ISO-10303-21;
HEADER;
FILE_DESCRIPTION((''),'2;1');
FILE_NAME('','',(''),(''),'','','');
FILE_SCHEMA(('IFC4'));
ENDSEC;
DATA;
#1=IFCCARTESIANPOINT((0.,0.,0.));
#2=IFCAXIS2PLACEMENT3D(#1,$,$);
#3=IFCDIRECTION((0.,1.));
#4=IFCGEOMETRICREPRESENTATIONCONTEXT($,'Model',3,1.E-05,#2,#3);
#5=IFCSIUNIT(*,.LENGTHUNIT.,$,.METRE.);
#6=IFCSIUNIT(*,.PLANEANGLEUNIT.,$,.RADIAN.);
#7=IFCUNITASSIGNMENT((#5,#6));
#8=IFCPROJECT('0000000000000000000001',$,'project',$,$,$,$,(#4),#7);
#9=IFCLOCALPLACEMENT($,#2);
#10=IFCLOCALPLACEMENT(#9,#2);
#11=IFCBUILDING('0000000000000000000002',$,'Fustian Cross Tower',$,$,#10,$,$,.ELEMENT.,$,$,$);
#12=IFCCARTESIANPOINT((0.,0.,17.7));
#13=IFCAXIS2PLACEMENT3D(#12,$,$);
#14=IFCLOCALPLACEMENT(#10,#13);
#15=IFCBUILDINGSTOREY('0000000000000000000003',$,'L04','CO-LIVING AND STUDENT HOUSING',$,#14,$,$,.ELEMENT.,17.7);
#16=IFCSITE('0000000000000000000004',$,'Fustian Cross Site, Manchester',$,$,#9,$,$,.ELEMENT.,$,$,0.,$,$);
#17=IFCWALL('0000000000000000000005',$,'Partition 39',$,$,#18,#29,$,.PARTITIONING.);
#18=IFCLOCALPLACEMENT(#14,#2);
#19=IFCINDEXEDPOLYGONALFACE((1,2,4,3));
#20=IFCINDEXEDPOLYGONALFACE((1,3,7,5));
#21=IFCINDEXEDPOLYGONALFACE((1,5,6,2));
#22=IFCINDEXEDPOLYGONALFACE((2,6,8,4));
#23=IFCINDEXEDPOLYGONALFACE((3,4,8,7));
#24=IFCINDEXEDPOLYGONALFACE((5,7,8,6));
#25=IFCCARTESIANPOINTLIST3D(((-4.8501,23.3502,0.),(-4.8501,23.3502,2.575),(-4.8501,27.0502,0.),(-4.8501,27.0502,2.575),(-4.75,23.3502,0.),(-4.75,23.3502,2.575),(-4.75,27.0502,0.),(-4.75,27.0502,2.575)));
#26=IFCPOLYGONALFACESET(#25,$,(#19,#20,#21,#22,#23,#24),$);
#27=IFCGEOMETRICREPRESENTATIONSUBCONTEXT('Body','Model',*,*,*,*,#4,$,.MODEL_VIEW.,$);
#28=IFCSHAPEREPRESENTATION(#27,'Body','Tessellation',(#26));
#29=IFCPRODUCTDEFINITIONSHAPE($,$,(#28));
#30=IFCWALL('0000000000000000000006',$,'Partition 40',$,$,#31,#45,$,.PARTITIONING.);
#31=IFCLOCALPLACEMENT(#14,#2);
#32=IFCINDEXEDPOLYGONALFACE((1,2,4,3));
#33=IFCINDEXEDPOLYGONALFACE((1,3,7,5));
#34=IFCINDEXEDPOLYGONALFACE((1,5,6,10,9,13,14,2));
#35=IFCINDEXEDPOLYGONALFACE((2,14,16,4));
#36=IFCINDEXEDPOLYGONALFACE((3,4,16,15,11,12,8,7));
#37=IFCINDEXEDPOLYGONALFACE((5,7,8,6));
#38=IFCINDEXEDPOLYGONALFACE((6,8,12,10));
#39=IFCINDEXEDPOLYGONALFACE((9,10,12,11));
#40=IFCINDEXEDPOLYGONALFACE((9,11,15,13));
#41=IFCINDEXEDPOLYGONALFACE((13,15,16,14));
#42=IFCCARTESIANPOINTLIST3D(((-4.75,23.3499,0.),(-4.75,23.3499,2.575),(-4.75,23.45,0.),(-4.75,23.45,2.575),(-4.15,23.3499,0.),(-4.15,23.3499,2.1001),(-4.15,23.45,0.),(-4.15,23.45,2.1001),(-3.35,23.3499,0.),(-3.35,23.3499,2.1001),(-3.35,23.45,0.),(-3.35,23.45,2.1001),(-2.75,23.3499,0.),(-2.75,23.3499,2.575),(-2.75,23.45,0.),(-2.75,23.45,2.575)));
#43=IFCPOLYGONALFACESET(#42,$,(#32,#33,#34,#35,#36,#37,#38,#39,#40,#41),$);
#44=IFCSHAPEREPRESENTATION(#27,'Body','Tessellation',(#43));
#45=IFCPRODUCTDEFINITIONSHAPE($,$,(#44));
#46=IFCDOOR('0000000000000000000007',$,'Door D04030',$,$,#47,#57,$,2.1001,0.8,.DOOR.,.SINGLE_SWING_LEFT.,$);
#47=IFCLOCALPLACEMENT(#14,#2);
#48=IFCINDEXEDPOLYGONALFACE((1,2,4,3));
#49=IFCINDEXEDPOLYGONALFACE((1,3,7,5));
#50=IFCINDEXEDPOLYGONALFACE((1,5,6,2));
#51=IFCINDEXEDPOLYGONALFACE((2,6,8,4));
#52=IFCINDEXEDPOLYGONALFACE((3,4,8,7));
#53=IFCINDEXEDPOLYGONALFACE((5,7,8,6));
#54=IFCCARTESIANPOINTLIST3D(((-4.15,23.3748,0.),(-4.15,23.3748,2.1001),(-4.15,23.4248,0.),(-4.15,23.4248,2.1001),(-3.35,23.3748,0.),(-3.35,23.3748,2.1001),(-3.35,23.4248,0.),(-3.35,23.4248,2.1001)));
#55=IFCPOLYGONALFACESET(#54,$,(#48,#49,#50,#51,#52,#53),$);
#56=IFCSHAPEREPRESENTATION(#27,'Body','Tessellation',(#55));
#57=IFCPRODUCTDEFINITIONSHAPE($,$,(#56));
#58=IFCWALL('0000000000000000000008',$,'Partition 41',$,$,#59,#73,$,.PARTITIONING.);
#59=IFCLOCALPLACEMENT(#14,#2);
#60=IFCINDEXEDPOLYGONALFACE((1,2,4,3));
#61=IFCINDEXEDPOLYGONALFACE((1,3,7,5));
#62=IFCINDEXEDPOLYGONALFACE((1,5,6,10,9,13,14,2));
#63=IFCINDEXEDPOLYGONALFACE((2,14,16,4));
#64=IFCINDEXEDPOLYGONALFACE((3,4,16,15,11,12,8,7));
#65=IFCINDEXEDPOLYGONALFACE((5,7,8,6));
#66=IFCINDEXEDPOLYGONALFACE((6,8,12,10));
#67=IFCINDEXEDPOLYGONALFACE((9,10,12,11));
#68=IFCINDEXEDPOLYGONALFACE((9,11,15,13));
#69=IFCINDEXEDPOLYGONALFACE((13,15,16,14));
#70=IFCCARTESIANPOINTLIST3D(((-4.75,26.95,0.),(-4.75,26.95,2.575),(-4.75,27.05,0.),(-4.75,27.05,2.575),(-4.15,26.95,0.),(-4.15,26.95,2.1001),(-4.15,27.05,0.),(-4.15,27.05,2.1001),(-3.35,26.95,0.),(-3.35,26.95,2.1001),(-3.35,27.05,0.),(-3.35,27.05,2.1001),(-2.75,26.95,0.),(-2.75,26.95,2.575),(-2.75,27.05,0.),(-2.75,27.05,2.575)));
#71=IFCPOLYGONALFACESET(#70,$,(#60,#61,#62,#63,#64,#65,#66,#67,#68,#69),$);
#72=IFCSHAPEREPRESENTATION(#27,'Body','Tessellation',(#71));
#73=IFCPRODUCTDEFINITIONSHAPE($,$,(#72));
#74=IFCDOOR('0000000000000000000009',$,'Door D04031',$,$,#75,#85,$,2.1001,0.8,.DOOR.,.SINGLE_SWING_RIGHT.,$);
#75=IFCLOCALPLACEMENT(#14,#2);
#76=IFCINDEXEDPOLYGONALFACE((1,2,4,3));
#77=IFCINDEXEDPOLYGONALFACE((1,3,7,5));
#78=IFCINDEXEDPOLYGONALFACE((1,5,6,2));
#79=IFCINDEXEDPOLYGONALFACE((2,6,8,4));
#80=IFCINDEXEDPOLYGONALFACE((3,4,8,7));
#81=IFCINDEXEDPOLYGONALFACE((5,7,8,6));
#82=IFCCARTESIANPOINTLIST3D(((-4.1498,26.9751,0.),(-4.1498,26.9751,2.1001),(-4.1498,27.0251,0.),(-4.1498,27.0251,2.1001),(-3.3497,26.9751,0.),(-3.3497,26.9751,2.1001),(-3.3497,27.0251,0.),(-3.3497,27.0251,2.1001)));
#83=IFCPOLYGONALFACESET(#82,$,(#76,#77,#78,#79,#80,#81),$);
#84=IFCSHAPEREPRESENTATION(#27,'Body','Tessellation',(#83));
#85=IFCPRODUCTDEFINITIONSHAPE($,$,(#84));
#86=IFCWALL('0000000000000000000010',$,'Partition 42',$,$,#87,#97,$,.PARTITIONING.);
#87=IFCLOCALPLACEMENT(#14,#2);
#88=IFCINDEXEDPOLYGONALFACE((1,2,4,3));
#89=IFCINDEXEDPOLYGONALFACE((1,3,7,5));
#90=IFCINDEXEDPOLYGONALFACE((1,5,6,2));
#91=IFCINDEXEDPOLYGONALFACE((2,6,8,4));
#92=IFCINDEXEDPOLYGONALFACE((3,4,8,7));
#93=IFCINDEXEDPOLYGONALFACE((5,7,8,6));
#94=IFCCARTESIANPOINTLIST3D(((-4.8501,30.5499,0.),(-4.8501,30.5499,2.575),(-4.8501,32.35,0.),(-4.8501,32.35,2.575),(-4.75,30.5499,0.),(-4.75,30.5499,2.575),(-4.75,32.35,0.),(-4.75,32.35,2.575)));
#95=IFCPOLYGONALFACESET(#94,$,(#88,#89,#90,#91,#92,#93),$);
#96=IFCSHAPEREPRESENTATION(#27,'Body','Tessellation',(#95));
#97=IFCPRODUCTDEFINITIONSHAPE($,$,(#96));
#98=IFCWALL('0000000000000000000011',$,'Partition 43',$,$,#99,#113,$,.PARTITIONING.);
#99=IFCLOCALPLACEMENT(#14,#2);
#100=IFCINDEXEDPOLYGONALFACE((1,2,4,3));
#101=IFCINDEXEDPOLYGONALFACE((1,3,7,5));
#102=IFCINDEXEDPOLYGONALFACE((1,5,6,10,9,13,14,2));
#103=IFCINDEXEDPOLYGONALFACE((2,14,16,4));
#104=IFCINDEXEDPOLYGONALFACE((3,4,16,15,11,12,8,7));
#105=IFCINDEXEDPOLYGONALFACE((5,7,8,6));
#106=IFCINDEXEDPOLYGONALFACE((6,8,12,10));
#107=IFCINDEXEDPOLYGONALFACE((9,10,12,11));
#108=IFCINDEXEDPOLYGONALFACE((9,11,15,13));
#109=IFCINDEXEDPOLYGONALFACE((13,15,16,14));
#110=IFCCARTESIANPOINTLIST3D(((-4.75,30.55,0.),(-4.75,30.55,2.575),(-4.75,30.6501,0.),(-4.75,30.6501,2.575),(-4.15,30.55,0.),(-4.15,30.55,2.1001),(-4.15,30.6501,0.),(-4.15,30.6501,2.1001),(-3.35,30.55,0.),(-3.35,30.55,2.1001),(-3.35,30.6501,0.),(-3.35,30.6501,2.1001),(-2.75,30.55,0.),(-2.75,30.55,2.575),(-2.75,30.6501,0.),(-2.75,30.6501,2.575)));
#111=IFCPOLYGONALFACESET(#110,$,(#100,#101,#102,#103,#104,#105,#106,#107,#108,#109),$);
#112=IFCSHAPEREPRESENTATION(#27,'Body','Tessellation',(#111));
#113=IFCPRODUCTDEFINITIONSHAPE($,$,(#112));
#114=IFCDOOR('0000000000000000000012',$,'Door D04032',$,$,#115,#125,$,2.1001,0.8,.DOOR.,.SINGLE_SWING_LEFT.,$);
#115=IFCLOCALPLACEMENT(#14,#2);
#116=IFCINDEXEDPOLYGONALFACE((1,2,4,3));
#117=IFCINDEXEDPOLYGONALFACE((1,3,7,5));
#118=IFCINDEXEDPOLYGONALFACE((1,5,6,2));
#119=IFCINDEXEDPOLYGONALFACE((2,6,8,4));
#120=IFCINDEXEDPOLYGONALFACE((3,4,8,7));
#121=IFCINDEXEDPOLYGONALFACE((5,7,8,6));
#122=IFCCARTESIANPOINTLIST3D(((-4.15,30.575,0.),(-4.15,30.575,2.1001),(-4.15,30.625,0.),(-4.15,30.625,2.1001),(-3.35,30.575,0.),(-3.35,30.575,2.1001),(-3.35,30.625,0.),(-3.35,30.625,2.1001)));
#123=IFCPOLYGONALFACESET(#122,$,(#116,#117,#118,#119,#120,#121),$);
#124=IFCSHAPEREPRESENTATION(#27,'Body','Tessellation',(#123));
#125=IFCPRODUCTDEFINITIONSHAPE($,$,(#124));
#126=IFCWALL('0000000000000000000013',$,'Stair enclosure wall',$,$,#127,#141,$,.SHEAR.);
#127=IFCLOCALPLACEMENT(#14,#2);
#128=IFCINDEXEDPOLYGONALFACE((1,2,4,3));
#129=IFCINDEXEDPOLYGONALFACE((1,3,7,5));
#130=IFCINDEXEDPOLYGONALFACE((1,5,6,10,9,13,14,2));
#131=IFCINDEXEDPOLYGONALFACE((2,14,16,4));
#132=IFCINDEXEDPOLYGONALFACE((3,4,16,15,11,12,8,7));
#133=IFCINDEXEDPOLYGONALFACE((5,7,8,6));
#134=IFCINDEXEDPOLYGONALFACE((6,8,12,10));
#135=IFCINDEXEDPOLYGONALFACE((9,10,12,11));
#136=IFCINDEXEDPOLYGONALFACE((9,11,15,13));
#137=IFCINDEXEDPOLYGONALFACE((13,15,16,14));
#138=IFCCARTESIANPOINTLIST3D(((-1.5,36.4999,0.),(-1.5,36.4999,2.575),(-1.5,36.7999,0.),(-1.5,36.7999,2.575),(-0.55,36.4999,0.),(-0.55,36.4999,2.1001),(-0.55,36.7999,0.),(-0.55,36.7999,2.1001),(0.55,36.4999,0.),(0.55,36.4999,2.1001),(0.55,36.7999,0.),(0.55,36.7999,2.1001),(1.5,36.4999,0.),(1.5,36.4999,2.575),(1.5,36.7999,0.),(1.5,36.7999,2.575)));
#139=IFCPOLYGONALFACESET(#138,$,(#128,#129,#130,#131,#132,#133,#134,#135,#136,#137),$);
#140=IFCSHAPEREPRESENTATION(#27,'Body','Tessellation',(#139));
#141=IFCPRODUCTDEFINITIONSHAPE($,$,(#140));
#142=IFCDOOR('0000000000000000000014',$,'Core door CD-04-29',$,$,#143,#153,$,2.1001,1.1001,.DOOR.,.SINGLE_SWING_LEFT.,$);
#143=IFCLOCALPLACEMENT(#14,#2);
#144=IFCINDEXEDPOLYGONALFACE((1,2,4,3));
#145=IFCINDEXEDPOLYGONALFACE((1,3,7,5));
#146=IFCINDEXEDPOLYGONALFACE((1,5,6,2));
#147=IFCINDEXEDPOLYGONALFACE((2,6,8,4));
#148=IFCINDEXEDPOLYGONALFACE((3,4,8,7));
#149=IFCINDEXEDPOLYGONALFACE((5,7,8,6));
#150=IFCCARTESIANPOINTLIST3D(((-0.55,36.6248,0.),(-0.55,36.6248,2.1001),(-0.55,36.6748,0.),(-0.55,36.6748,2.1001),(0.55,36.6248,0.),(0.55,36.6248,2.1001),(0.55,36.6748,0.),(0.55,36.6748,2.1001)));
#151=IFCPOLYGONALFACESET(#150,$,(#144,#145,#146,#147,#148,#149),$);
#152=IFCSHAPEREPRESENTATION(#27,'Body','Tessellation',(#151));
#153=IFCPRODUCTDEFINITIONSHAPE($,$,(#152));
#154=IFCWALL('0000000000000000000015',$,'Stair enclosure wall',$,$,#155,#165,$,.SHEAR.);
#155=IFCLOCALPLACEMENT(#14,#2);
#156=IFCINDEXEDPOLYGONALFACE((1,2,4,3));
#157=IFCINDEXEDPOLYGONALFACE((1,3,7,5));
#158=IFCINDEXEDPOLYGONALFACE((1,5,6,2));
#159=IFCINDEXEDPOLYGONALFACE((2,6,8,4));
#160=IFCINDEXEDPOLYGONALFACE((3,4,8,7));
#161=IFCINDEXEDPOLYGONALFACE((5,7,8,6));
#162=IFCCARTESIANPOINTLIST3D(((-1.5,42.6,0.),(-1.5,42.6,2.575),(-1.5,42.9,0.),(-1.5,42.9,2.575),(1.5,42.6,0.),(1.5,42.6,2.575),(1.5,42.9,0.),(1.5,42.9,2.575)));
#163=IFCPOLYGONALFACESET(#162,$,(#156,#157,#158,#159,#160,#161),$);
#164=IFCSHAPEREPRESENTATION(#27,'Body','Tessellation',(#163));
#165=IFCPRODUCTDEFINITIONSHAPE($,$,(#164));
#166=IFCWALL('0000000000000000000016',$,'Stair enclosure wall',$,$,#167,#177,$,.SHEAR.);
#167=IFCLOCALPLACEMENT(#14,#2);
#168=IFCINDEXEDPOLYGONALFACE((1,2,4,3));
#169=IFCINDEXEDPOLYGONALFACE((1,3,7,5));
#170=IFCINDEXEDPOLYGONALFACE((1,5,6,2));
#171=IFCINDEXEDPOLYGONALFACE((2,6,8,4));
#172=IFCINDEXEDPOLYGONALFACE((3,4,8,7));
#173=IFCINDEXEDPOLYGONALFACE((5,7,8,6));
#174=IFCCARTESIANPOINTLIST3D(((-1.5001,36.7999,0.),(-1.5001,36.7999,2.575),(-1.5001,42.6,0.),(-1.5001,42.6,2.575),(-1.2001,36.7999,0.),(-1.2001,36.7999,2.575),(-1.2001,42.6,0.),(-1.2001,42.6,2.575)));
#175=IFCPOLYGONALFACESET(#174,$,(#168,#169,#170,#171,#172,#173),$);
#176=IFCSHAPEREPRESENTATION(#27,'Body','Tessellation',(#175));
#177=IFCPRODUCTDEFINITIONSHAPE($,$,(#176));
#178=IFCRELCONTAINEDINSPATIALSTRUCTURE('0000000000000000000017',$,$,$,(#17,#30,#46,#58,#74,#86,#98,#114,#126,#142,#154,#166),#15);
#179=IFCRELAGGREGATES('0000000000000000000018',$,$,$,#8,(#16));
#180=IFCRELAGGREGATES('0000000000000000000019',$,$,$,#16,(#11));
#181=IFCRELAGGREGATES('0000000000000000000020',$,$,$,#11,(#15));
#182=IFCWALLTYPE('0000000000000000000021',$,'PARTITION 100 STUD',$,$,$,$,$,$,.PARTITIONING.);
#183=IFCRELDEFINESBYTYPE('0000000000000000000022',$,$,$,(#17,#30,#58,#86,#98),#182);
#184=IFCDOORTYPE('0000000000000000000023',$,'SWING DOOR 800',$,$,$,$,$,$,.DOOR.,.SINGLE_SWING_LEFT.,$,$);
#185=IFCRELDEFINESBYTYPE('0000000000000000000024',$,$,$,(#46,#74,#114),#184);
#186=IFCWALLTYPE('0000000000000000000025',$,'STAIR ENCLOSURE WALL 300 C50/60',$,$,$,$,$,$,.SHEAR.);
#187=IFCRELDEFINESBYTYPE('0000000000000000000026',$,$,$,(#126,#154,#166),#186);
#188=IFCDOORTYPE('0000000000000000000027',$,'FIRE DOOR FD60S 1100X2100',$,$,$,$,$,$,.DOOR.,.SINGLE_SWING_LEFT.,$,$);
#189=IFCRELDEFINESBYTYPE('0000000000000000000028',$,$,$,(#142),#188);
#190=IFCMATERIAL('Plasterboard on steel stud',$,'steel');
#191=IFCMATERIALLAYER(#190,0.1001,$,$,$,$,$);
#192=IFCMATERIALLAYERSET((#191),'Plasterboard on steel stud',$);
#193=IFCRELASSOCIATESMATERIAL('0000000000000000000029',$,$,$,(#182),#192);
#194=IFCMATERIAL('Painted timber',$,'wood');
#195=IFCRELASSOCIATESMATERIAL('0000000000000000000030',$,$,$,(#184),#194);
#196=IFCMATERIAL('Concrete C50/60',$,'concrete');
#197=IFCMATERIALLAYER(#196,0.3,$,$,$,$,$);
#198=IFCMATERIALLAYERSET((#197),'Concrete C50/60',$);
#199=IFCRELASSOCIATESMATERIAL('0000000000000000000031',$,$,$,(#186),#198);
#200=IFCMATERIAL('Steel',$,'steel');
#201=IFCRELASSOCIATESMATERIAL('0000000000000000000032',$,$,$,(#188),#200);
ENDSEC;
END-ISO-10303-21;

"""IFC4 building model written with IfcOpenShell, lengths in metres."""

from ifc_helpers import new_model, si_unit, direction, frame, frame_2d, origin, place, context, subcontext, project, spatial, rectangle, extrude, material, layer, layer_set, type_object, element, fill, save


model = new_model("IFC4")

# Units and contexts
model_context = context("Model", 3, precision=1e-05, world=origin(), true_north=direction((0.0, 1.0)))
body_context = subcontext(model_context, "Body", "Model", "MODEL_VIEW")
ifc_project = project(units=[si_unit("LENGTHUNIT", "METRE"), si_unit("PLANEANGLEUNIT", "RADIAN")], contexts=[model_context])

# Site, building, storey
site_placement = place(None, origin())
site = spatial("IfcSite", under=ifc_project, at=site_placement, Name="Fustian Cross Site, Manchester", CompositionType="ELEMENT", RefElevation=0.0)
building_placement = place(site_placement, origin())
building = spatial("IfcBuilding", under=site, at=building_placement, Name="Fustian Cross Tower", CompositionType="ELEMENT")
storey_placement = place(building_placement, frame((0.0, 0.0, 17.7)))
storey = spatial("IfcBuildingStorey", under=building, at=storey_placement, Name="L04", Description="CO-LIVING AND STUDENT HOUSING", CompositionType="ELEMENT", Elevation=17.7)

# Shared definitions
ifc_material_1 = material(Name="Plasterboard on steel stud", Category="steel")
ifc_layer_1 = layer(ifc_material_1, 0.1001)
ifc_layer_set_1 = layer_set([ifc_layer_1], Name="Plasterboard on steel stud")
wall_type_1 = type_object("IfcWallType", Name="PARTITION 100 STUD", PredefinedType="PARTITIONING", material=ifc_layer_set_1)
ifc_material_2 = material(Name="Painted timber", Category="wood")
door_type_1 = type_object("IfcDoorType", Name="SWING DOOR 800", OperationType="SINGLE_SWING_LEFT", PredefinedType="DOOR", material=ifc_material_2)

# Wall
wall_1_placement = place(storey_placement, frame((-4.8, 23.3501, 0.0), z_axis=(0.0, 0.0, 1.0), x_axis=(0.0, 1.0, 0.0)))
element("IfcWall", 1, at=wall_1_placement, inside=storey, type_object=wall_type_1, Name="Partition 39", PredefinedType="PARTITIONING", context=body_context, shape_type="SweptSolid", body=[
    extrude(rectangle(XDim=3.7, YDim=0.1001, at=frame_2d((1.8501, 0.0))), origin(), (0.0, 0.0, 1.0), 2.575),
])

# Walls, openings, doors
wall_2_placement = place(storey_placement, frame((-4.75, 23.3999, 0.0), z_axis=(0.0, 0.0, 1.0), x_axis=(1.0, 0.0, 0.0)))
wall_2 = element("IfcWall", 2, at=wall_2_placement, inside=storey, type_object=wall_type_1, Name="Partition 40", PredefinedType="PARTITIONING", context=body_context, shape_type="SweptSolid", body=[
    extrude(rectangle(XDim=2.0, YDim=0.1001, at=frame_2d((1.0, 0.0))), origin(), (0.0, 0.0, 1.0), 2.575),
])
opening_1_placement = place(wall_2_placement, frame((0.6001, 0.0, 0.0)))
opening_1 = element("IfcOpeningElement", 3, at=opening_1_placement, cuts=wall_2, PredefinedType="OPENING", context=body_context, shape_type="SweptSolid", body=[
    extrude(rectangle(XDim=0.8, YDim=2.1001, at=frame_2d((0.3999, 1.05))), frame((0.0, 0.0601, 0.0), z_axis=(0.0, -1.0, 0.0), x_axis=(1.0, 0.0, 0.0)), (0.0, 0.0, 1.0), 0.1201),
])
door_1_placement = place(opening_1_placement, origin())
door_1 = element("IfcDoor", 4, at=door_1_placement, inside=storey, type_object=door_type_1, Name="Door D04030", OperationType="SINGLE_SWING_LEFT", OverallHeight=2.1001, OverallWidth=0.8, PredefinedType="DOOR", context=body_context, shape_type="SweptSolid", body=[
    extrude(rectangle(XDim=0.8, YDim=2.1001, at=frame_2d((0.3999, 1.05))), frame((0.0, 0.0249, 0.0), z_axis=(0.0, -1.0, 0.0), x_axis=(1.0, 0.0, 0.0)), (0.0, 0.0, 1.0), 0.05),
])
fill(opening_1, door_1)
wall_3_placement = place(storey_placement, frame((-4.75, 27.0, 0.0), z_axis=(0.0, 0.0, 1.0), x_axis=(1.0, 0.0, 0.0)))
wall_3 = element("IfcWall", 5, at=wall_3_placement, inside=storey, type_object=wall_type_1, Name="Partition 41", PredefinedType="PARTITIONING", context=body_context, shape_type="SweptSolid", body=[
    extrude(rectangle(XDim=2.0, YDim=0.1001, at=frame_2d((1.0, 0.0))), origin(), (0.0, 0.0, 1.0), 2.575),
])
opening_2_placement = place(wall_3_placement, frame((0.6001, 0.0, 0.0)))
opening_2 = element("IfcOpeningElement", 6, at=opening_2_placement, cuts=wall_3, PredefinedType="OPENING", context=body_context, shape_type="SweptSolid", body=[
    extrude(rectangle(XDim=0.8, YDim=2.1001, at=frame_2d((0.3999, 1.05))), frame((0.0, 0.0601, 0.0), z_axis=(0.0, -1.0, 0.0), x_axis=(1.0, 0.0, 0.0)), (0.0, 0.0, 1.0), 0.1201),
])
door_2_placement = place(opening_2_placement, frame((0.8, 0.0, 0.0), z_axis=(0.0, 0.0, 1.0), x_axis=(-1.0, 0.0, 0.0)))
door_2 = element("IfcDoor", 7, at=door_2_placement, inside=storey, type_object=door_type_1, Name="Door D04031", OperationType="SINGLE_SWING_RIGHT", OverallHeight=2.1001, OverallWidth=0.8, PredefinedType="DOOR", context=body_context, shape_type="SweptSolid", body=[
    extrude(rectangle(XDim=0.8, YDim=2.1001, at=frame_2d((0.3999, 1.05))), frame((0.0, 0.0249, 0.0), z_axis=(0.0, -1.0, 0.0), x_axis=(1.0, 0.0, 0.0)), (0.0, 0.0, 1.0), 0.05),
])
fill(opening_2, door_2)

# Wall
wall_4_placement = place(storey_placement, frame((-4.8, 30.55, 0.0), z_axis=(0.0, 0.0, 1.0), x_axis=(0.0, 1.0, 0.0)))
element("IfcWall", 8, at=wall_4_placement, inside=storey, type_object=wall_type_1, Name="Partition 42", PredefinedType="PARTITIONING", context=body_context, shape_type="SweptSolid", body=[
    extrude(rectangle(XDim=1.8, YDim=0.1001, at=frame_2d((0.8999, 0.0))), origin(), (0.0, 0.0, 1.0), 2.575),
])

# Walls, openings, doors
wall_5_placement = place(storey_placement, frame((-4.75, 30.6001, 0.0), z_axis=(0.0, 0.0, 1.0), x_axis=(1.0, 0.0, 0.0)))
wall_5 = element("IfcWall", 9, at=wall_5_placement, inside=storey, type_object=wall_type_1, Name="Partition 43", PredefinedType="PARTITIONING", context=body_context, shape_type="SweptSolid", body=[
    extrude(rectangle(XDim=2.0, YDim=0.1001, at=frame_2d((1.0, 0.0))), origin(), (0.0, 0.0, 1.0), 2.575),
])
opening_3_placement = place(wall_5_placement, frame((0.6001, 0.0, 0.0)))
opening_3 = element("IfcOpeningElement", 10, at=opening_3_placement, cuts=wall_5, PredefinedType="OPENING", context=body_context, shape_type="SweptSolid", body=[
    extrude(rectangle(XDim=0.8, YDim=2.1001, at=frame_2d((0.3999, 1.05))), frame((0.0, 0.0601, 0.0), z_axis=(0.0, -1.0, 0.0), x_axis=(1.0, 0.0, 0.0)), (0.0, 0.0, 1.0), 0.1201),
])
door_3_placement = place(opening_3_placement, origin())
door_3 = element("IfcDoor", 11, at=door_3_placement, inside=storey, type_object=door_type_1, Name="Door D04032", OperationType="SINGLE_SWING_LEFT", OverallHeight=2.1001, OverallWidth=0.8, PredefinedType="DOOR", context=body_context, shape_type="SweptSolid", body=[
    extrude(rectangle(XDim=0.8, YDim=2.1001, at=frame_2d((0.3999, 1.05))), frame((0.0, 0.0249, 0.0), z_axis=(0.0, -1.0, 0.0), x_axis=(1.0, 0.0, 0.0)), (0.0, 0.0, 1.0), 0.05),
])
fill(opening_3, door_3)
ifc_material_3 = material(Name="Concrete C50/60", Category="concrete")
ifc_layer_2 = layer(ifc_material_3, 0.3)
ifc_layer_set_2 = layer_set([ifc_layer_2], Name="Concrete C50/60")
wall_type_2 = type_object("IfcWallType", Name="STAIR ENCLOSURE WALL 300 C50/60", PredefinedType="SHEAR", material=ifc_layer_set_2)
wall_6_placement = place(storey_placement, frame((-1.5, 36.6499, 0.0), z_axis=(0.0, 0.0, 1.0), x_axis=(1.0, 0.0, 0.0)))
wall_6 = element("IfcWall", 12, at=wall_6_placement, inside=storey, type_object=wall_type_2, Name="Stair enclosure wall", PredefinedType="SHEAR", context=body_context, shape_type="SweptSolid", body=[
    extrude(rectangle(XDim=3.0, YDim=0.3, at=frame_2d((1.5, 0.0))), origin(), (0.0, 0.0, 1.0), 2.575),
])
opening_4_placement = place(wall_6_placement, frame((0.95, 0.0, 0.0)))
opening_4 = element("IfcOpeningElement", 13, at=opening_4_placement, cuts=wall_6, PredefinedType="OPENING", context=body_context, shape_type="SweptSolid", body=[
    extrude(rectangle(XDim=1.1001, YDim=2.1001, at=frame_2d((0.55, 1.05))), frame((0.0, 0.1599, 0.0), z_axis=(0.0, -1.0, 0.0), x_axis=(1.0, 0.0, 0.0)), (0.0, 0.0, 1.0), 0.3201),
])
ifc_material_4 = material(Name="Steel", Category="steel")
door_type_2 = type_object("IfcDoorType", Name="FIRE DOOR FD60S 1100X2100", OperationType="SINGLE_SWING_LEFT", PredefinedType="DOOR", material=ifc_material_4)
door_4_placement = place(opening_4_placement, origin())
door_4 = element("IfcDoor", 14, at=door_4_placement, inside=storey, type_object=door_type_2, Name="Core door CD-04-29", OperationType="SINGLE_SWING_LEFT", OverallHeight=2.1001, OverallWidth=1.1001, PredefinedType="DOOR", context=body_context, shape_type="SweptSolid", body=[
    extrude(rectangle(XDim=1.1001, YDim=2.1001, at=frame_2d((0.55, 1.05))), frame((0.0, 0.0249, 0.0), z_axis=(0.0, -1.0, 0.0), x_axis=(1.0, 0.0, 0.0)), (0.0, 0.0, 1.0), 0.05),
])
fill(opening_4, door_4)

# Walls
wall_7_placement = place(storey_placement, frame((-1.5, 42.75, 0.0), z_axis=(0.0, 0.0, 1.0), x_axis=(1.0, 0.0, 0.0)))
element("IfcWall", 15, at=wall_7_placement, inside=storey, type_object=wall_type_2, Name="Stair enclosure wall", PredefinedType="SHEAR", context=body_context, shape_type="SweptSolid", body=[
    extrude(rectangle(XDim=3.0, YDim=0.3, at=frame_2d((1.5, 0.0))), origin(), (0.0, 0.0, 1.0), 2.575),
])
wall_8_placement = place(storey_placement, frame((-1.3501, 36.8, 0.0), z_axis=(0.0, 0.0, 1.0), x_axis=(0.0, 1.0, 0.0)))
element("IfcWall", 16, at=wall_8_placement, inside=storey, type_object=wall_type_2, Name="Stair enclosure wall", PredefinedType="SHEAR", context=body_context, shape_type="SweptSolid", body=[
    extrude(rectangle(XDim=5.8, YDim=0.3, at=frame_2d((2.8999, 0.0))), origin(), (0.0, 0.0, 1.0), 2.575),
])

save(model, "model.ifc")
